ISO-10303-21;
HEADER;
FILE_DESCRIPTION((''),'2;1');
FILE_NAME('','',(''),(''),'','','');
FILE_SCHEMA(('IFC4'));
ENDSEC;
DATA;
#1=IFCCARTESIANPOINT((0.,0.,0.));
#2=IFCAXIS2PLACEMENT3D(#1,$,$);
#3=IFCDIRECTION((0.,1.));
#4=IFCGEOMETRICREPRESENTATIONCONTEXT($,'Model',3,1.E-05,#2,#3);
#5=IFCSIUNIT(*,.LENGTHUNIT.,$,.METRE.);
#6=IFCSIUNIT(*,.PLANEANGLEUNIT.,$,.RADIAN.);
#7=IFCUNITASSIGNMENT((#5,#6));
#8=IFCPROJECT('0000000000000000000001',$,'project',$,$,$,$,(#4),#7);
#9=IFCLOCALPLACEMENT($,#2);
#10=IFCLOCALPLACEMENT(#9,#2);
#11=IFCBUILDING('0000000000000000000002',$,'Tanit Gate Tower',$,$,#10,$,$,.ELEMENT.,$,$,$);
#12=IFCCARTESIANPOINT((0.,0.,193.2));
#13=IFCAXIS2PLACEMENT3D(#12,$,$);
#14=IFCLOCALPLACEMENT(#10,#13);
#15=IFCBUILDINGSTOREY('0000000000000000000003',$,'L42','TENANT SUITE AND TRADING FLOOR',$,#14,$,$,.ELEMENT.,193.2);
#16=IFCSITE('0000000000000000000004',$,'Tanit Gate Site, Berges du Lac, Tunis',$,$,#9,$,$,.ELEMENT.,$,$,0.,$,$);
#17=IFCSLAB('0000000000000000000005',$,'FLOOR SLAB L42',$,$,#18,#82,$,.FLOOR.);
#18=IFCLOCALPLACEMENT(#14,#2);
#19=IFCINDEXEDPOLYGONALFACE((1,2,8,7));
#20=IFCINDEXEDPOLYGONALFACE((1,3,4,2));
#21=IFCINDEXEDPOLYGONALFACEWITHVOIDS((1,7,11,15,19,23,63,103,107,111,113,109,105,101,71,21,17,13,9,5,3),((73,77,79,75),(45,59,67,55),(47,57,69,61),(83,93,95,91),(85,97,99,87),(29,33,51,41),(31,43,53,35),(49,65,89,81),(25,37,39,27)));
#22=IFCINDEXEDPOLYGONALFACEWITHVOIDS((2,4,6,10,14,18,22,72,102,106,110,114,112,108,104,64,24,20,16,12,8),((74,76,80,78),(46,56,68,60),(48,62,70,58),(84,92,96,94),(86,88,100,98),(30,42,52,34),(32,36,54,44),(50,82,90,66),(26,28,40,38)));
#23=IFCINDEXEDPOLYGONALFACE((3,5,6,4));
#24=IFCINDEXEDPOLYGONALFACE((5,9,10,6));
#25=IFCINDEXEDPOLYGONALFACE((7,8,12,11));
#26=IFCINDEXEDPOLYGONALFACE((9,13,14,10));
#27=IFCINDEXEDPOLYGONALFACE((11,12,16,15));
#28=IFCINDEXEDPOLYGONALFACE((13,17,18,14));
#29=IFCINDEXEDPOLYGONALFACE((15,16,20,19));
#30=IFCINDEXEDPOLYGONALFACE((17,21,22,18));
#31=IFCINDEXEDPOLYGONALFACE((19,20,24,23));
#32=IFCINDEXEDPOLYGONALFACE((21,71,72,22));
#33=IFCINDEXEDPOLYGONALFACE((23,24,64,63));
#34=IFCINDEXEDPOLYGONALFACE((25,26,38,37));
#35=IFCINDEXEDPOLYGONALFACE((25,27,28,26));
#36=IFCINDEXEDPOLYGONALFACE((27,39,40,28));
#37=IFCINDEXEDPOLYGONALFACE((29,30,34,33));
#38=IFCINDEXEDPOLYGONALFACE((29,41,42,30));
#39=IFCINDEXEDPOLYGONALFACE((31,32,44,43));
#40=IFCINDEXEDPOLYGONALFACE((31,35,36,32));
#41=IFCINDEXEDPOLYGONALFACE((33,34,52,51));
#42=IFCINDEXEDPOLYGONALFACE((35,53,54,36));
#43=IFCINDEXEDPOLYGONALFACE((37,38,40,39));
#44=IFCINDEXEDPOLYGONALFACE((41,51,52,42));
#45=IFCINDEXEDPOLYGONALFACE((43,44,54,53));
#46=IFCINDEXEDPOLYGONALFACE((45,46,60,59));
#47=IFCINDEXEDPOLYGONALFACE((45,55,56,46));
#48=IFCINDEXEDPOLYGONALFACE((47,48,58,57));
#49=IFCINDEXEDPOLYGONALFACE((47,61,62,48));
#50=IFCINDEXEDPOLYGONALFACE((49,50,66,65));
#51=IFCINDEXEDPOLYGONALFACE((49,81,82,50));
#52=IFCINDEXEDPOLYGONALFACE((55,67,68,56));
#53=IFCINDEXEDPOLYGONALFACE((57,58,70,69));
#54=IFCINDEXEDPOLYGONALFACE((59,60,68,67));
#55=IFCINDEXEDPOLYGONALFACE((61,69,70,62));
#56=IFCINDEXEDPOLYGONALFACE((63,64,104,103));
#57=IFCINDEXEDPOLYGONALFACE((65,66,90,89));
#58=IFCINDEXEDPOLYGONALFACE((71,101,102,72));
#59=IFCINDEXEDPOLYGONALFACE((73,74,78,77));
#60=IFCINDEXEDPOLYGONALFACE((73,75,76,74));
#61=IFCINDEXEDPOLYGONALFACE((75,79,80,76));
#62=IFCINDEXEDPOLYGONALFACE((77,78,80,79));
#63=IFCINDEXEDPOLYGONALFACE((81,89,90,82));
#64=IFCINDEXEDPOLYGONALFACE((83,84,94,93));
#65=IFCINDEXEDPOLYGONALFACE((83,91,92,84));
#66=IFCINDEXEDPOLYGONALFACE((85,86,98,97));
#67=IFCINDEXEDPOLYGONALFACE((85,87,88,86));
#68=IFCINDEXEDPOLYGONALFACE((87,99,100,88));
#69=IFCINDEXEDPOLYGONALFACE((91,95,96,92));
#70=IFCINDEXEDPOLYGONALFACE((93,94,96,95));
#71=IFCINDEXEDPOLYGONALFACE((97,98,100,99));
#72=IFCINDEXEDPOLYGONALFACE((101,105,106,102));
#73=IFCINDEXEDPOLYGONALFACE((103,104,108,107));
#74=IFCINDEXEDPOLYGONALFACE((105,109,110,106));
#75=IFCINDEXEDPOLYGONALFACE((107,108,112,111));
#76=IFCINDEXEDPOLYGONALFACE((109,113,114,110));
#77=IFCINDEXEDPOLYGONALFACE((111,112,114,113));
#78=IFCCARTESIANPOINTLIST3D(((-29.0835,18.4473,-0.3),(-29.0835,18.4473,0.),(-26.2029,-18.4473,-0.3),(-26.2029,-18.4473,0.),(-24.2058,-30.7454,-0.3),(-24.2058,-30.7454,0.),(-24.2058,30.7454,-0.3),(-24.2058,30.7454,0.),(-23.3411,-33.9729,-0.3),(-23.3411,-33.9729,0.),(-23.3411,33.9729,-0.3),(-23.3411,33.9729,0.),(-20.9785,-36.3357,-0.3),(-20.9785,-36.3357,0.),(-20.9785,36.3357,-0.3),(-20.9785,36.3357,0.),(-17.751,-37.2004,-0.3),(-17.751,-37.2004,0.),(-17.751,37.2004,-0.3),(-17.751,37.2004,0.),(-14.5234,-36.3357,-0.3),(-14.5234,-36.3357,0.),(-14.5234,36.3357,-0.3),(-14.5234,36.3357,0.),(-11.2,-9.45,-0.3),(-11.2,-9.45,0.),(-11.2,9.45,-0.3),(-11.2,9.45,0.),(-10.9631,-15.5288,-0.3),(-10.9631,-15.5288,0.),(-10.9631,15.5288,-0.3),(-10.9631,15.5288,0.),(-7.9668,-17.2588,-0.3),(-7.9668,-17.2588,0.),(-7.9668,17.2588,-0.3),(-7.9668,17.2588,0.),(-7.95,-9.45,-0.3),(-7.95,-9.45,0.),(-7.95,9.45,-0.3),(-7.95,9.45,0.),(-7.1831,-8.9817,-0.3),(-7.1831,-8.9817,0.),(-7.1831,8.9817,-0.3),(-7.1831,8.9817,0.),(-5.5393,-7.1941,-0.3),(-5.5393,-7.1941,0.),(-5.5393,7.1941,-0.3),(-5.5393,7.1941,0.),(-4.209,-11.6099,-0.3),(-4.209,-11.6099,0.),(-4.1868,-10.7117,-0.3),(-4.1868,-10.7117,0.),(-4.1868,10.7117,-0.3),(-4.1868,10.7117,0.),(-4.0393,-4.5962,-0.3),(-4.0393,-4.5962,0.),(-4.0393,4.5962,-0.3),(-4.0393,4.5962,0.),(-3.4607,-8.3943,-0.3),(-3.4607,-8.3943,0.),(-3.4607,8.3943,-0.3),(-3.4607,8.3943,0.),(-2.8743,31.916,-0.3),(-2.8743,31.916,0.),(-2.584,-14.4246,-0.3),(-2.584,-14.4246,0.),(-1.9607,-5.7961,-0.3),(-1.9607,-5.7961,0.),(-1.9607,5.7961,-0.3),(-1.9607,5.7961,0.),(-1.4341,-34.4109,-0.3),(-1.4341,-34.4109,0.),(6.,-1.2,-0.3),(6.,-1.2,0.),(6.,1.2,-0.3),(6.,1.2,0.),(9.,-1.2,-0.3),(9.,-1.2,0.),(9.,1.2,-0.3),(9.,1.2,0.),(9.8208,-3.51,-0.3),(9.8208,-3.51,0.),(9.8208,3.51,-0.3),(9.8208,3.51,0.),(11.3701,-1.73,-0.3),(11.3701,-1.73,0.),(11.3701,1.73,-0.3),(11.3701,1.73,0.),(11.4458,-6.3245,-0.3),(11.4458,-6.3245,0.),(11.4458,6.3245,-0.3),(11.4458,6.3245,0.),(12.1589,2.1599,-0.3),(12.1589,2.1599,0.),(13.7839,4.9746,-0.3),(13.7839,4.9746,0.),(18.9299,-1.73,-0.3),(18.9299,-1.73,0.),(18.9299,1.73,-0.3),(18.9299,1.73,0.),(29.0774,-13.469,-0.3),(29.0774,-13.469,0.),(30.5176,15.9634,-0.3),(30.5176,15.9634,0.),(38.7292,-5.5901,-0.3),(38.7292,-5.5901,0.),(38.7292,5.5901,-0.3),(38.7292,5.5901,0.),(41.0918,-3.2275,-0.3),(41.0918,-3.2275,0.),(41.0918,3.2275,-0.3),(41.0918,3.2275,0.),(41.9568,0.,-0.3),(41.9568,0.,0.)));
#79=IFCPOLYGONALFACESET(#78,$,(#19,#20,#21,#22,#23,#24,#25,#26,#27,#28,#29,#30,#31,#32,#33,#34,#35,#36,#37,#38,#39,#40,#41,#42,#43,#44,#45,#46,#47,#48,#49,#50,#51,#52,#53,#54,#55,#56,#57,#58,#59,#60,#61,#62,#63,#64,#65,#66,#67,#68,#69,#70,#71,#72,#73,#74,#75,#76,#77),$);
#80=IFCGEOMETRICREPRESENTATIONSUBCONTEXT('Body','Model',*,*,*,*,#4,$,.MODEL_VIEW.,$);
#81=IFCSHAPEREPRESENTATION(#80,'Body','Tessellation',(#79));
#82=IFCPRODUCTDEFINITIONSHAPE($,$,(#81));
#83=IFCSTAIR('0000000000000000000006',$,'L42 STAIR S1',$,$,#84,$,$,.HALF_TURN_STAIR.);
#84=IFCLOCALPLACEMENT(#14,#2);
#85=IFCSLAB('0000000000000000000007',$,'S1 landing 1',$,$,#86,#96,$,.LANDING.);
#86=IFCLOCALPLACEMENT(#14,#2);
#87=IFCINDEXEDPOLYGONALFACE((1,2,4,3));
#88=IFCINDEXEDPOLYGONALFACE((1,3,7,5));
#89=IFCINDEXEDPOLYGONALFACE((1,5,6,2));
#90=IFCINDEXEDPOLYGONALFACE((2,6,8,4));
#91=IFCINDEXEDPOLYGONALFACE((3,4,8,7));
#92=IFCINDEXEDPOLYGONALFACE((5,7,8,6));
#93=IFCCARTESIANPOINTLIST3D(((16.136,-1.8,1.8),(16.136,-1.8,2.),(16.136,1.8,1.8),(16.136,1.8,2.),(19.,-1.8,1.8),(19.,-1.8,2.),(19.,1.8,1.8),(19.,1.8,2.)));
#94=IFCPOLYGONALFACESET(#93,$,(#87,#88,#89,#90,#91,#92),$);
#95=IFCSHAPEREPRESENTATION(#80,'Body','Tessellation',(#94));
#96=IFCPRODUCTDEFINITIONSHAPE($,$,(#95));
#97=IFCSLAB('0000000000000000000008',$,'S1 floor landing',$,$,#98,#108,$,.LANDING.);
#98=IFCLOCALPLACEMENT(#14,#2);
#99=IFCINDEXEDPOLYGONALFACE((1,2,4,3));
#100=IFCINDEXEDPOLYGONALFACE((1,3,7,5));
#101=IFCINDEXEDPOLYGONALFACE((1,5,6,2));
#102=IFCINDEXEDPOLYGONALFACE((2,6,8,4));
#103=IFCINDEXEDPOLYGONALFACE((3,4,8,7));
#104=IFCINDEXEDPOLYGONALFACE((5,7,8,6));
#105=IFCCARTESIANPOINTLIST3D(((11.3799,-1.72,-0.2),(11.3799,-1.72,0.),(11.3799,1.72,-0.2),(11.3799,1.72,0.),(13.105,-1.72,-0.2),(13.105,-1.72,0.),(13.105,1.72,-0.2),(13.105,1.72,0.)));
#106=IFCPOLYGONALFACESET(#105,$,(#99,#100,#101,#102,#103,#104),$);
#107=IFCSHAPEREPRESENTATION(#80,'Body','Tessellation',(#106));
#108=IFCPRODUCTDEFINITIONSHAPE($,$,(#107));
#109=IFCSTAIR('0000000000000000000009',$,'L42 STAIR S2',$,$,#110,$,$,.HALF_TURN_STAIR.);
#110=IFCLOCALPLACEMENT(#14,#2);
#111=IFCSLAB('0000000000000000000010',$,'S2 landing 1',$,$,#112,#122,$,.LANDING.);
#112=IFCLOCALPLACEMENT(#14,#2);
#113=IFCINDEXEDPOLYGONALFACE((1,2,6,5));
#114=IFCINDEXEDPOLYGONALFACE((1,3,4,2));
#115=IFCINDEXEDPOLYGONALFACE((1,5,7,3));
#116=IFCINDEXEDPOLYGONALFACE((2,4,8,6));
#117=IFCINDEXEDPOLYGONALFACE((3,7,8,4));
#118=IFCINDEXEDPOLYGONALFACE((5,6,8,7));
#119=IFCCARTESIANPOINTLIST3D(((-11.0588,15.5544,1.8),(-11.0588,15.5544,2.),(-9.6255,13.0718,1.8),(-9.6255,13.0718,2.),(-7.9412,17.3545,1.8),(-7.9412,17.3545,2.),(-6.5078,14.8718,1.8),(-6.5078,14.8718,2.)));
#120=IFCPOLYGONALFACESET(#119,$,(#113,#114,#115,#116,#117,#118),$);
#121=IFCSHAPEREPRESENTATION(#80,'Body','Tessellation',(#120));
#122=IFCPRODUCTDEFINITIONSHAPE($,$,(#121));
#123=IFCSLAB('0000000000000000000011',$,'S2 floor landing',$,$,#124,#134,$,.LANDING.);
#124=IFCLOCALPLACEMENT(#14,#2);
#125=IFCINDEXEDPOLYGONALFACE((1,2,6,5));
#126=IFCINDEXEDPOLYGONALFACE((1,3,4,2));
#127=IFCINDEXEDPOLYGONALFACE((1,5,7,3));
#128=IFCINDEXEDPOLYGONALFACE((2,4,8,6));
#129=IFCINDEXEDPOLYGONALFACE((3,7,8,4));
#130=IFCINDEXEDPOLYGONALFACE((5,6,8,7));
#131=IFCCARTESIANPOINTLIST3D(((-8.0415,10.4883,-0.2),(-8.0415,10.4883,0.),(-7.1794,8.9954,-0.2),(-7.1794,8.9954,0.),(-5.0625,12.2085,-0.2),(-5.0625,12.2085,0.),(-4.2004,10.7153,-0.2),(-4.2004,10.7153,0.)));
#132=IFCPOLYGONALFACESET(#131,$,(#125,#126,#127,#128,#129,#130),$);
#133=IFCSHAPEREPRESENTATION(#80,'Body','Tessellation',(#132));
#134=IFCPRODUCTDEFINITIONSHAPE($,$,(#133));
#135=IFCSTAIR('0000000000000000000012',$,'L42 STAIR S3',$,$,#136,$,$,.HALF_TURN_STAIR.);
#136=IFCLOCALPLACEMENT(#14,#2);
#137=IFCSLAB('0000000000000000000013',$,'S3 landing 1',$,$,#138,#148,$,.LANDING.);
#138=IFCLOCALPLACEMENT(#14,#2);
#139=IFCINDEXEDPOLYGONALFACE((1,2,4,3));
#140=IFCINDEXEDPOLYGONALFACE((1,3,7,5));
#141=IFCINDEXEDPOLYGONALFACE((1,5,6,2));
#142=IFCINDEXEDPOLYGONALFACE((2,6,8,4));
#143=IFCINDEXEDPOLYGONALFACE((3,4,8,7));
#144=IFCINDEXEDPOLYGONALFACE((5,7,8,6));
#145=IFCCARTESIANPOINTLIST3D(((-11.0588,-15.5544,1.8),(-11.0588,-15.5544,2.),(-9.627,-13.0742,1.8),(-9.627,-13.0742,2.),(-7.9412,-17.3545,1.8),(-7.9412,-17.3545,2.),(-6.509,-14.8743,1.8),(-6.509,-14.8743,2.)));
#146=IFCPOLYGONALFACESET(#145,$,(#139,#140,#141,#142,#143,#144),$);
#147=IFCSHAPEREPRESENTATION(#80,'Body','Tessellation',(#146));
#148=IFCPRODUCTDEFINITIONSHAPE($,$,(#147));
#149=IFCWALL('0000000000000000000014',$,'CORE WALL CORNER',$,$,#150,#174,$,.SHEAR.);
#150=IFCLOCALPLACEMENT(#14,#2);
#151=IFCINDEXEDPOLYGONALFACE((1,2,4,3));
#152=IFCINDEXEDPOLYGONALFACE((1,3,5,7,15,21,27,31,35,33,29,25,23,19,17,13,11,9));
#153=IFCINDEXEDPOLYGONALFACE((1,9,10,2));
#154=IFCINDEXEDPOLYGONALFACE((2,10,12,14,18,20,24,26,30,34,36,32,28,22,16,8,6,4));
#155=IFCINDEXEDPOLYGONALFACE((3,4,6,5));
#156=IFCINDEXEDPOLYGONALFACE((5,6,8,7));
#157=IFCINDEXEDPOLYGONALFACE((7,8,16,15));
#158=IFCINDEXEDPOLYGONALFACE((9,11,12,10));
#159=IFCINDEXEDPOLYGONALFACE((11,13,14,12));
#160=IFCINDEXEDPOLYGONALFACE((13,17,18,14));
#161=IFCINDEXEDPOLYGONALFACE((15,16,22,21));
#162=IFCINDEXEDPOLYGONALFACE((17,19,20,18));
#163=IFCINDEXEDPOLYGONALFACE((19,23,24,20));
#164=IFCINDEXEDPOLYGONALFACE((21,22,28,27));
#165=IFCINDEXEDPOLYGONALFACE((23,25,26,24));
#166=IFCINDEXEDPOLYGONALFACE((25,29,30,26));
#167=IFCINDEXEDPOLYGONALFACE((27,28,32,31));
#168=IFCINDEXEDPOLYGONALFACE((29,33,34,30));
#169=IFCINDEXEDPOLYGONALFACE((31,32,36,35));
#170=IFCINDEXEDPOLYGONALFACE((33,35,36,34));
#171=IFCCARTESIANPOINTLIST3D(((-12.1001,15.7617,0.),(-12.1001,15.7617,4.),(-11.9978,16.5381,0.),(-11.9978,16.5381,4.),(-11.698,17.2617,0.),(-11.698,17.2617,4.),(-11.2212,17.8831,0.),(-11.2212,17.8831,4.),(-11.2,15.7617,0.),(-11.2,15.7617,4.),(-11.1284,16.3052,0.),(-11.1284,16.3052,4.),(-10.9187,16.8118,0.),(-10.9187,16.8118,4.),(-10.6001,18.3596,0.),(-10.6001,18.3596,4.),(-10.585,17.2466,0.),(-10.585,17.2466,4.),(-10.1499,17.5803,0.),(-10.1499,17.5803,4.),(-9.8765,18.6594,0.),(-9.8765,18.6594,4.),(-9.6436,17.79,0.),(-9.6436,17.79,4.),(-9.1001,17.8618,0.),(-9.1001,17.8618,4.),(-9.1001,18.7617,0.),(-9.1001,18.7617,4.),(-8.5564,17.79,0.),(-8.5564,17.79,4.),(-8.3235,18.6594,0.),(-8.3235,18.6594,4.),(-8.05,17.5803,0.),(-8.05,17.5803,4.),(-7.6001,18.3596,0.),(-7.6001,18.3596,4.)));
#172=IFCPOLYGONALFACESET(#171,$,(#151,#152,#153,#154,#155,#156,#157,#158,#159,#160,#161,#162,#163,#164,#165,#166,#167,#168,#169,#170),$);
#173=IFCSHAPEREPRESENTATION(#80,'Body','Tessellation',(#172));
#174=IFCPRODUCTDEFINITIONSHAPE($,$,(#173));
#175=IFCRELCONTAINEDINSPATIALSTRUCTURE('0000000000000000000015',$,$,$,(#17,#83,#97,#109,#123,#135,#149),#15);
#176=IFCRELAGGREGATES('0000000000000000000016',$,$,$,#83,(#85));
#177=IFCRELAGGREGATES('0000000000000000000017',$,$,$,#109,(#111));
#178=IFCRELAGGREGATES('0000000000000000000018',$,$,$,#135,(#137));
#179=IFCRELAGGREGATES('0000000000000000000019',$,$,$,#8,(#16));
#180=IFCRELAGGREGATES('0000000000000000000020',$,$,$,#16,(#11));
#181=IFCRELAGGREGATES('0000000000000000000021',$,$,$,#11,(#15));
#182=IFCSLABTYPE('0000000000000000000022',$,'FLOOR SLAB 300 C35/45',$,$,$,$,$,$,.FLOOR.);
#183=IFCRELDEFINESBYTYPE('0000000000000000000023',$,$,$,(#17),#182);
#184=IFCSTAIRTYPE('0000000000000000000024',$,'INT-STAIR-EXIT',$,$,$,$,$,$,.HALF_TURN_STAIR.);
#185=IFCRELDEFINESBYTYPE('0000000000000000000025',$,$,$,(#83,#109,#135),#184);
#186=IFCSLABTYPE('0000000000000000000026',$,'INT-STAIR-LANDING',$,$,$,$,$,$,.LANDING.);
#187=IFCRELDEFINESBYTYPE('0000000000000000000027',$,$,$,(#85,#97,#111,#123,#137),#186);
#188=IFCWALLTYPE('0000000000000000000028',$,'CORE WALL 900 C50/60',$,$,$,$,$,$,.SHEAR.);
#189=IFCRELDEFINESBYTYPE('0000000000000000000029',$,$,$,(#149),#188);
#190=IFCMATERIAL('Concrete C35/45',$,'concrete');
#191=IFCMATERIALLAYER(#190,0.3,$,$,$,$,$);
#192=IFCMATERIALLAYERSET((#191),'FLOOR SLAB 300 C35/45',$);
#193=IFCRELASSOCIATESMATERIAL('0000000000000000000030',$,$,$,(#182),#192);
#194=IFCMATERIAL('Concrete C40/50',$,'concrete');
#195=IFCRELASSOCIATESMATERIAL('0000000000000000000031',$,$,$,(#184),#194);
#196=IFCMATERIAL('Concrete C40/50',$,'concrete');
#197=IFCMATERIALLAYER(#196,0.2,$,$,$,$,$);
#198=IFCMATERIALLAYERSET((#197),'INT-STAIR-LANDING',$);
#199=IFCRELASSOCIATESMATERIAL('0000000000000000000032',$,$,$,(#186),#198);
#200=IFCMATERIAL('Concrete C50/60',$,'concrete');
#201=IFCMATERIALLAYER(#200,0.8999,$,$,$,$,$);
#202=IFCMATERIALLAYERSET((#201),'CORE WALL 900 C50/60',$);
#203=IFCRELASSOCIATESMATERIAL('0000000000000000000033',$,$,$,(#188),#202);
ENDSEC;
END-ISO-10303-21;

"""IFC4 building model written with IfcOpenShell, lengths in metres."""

from ifc_helpers import new_model, si_unit, direction, frame, origin, place, context, subcontext, project, spatial, polyline, outline, extrude, material, layer, layer_set, type_object, element, aggregate, save


model = new_model("IFC4")

# Units and contexts
model_context = context("Model", 3, precision=1e-05, world=origin(), true_north=direction((0.0, 1.0)))
body_context = subcontext(model_context, "Body", "Model", "MODEL_VIEW")
ifc_project = project(units=[si_unit("LENGTHUNIT", "METRE"), si_unit("PLANEANGLEUNIT", "RADIAN")], contexts=[model_context])

# Site, building, storey
site_placement = place(None, origin())
site = spatial("IfcSite", under=ifc_project, at=site_placement, Name="Tanit Gate Site, Berges du Lac, Tunis", CompositionType="ELEMENT", RefElevation=0.0)
building_placement = place(site_placement, origin())
building = spatial("IfcBuilding", under=site, at=building_placement, Name="Tanit Gate Tower", CompositionType="ELEMENT")
storey_placement = place(building_placement, frame((0.0, 0.0, 193.2)))
storey = spatial("IfcBuildingStorey", under=building, at=storey_placement, Name="L42", Description="TENANT SUITE AND TRADING FLOOR", CompositionType="ELEMENT", Elevation=193.2)

# Slab
ifc_material_1 = material(Name="Concrete C35/45", Category="concrete")
ifc_layer_1 = layer(ifc_material_1, 0.3)
ifc_layer_set_1 = layer_set([ifc_layer_1], Name="FLOOR SLAB 300 C35/45")
slab_type_1 = type_object("IfcSlabType", Name="FLOOR SLAB 300 C35/45", PredefinedType="FLOOR", material=ifc_layer_set_1)
slab_1_placement = place(storey_placement, frame((0.0, 0.0, -0.3)))
element("IfcSlab", 1, at=slab_1_placement, inside=storey, type_object=slab_type_1, Name="FLOOR SLAB L42", PredefinedType="FLOOR", context=body_context, shape_type="SweptSolid", body=[
    extrude(outline(polyline([(38.7292, 5.5901), (41.0918, 3.2275), (41.9568, 0.0), (41.0918, -3.2275), (38.7292, -5.5901), (29.0774, -13.469), (-1.4341, -34.4109), (-14.5234, -36.3357), (-17.751, -37.2004), (-20.9785, -36.3357), (-23.3411, -33.9729), (-24.2058, -30.7454), (-26.2029, -18.4473), (-29.0835, 18.4473), (-24.2058, 30.7454), (-23.3411, 33.9729), (-20.9785, 36.3357), (-17.751, 37.2004), (-14.5234, 36.3357), (-2.8743, 31.916), (30.5176, 15.9634), (38.7292, 5.5901)]), holes=[polyline([(11.3701, 1.73), (18.9299, 1.73), (18.9299, -1.73), (11.3701, -1.73), (11.3701, 1.73)]), polyline([(9.8208, 3.51), (11.4458, 6.3245), (13.7839, 4.9746), (12.1589, 2.1599), (9.8208, 3.51)]), polyline([(-4.209, -11.6099), (9.8208, -3.51), (11.4458, -6.3245), (-2.584, -14.4246), (-4.209, -11.6099)]), polyline([(6.0, 1.2), (9.0, 1.2), (9.0, -1.2), (6.0, -1.2), (6.0, 1.2)]), polyline([(-5.5393, 7.1941), (-3.4607, 8.3943), (-1.9607, 5.7961), (-4.0393, 4.5962), (-5.5393, 7.1941)]), polyline([(-1.9607, -5.7961), (-3.4607, -8.3943), (-5.5393, -7.1941), (-4.0393, -4.5962), (-1.9607, -5.7961)]), polyline([(-10.9631, 15.5288), (-7.9668, 17.2588), (-4.1868, 10.7117), (-7.1831, 8.9817), (-10.9631, 15.5288)]), polyline([(-4.1868, -10.7117), (-7.9668, -17.2588), (-10.9631, -15.5288), (-7.1831, -8.9817), (-4.1868, -10.7117)]), polyline([(-11.2, -9.45), (-11.2, 9.45), (-7.95, 9.45), (-7.95, -9.45), (-11.2, -9.45)])]), origin(), (0.0, 0.0, 1.0), 0.3),
])

# Stair, slab
ifc_material_2 = material(Name="Concrete C40/50", Category="concrete")
stair_type = type_object("IfcStairType", Name="INT-STAIR-EXIT", PredefinedType="HALF_TURN_STAIR", material=ifc_material_2)
stair_1_placement = place(storey_placement, origin())
stair_1 = element("IfcStair", 2, at=stair_1_placement, inside=storey, type_object=stair_type, Name="L42 STAIR S1", PredefinedType="HALF_TURN_STAIR")
ifc_material_3 = material(Name="Concrete C40/50", Category="concrete")
ifc_layer_2 = layer(ifc_material_3, 0.2)
ifc_layer_set_2 = layer_set([ifc_layer_2], Name="INT-STAIR-LANDING")
slab_type_2 = type_object("IfcSlabType", Name="INT-STAIR-LANDING", PredefinedType="LANDING", material=ifc_layer_set_2)
slab_2_placement = place(storey_placement, frame((0.0, 0.0, 1.8)))
slab_2 = element("IfcSlab", 3, at=slab_2_placement, type_object=slab_type_2, Name="S1 landing 1", PredefinedType="LANDING", context=body_context, shape_type="SweptSolid", body=[
    extrude(outline(polyline([(16.136, -1.8), (19.0, -1.8), (19.0, 1.8), (16.136, 1.8), (16.136, -1.8)])), origin(), (0.0, 0.0, 1.0), 0.2),
])
aggregate(stair_1, [slab_2])

# Slab
slab_3_placement = place(storey_placement, frame((0.0, 0.0, -0.2)))
element("IfcSlab", 4, at=slab_3_placement, inside=storey, type_object=slab_type_2, Name="S1 floor landing", PredefinedType="LANDING", context=body_context, shape_type="SweptSolid", body=[
    extrude(outline(polyline([(11.3799, -1.72), (13.105, -1.72), (13.105, 1.72), (11.3799, 1.72), (11.3799, -1.72)])), origin(), (0.0, 0.0, 1.0), 0.2),
])

# Stair, slab
stair_2_placement = place(storey_placement, origin())
stair_2 = element("IfcStair", 5, at=stair_2_placement, inside=storey, type_object=stair_type, Name="L42 STAIR S2", PredefinedType="HALF_TURN_STAIR")
slab_4_placement = place(storey_placement, frame((0.0, 0.0, 1.8)))
slab_4 = element("IfcSlab", 6, at=slab_4_placement, type_object=slab_type_2, Name="S2 landing 1", PredefinedType="LANDING", context=body_context, shape_type="SweptSolid", body=[
    extrude(outline(polyline([(-6.5078, 14.8718), (-7.9412, 17.3545), (-11.0588, 15.5544), (-9.6255, 13.0718), (-6.5078, 14.8718)])), origin(), (0.0, 0.0, 1.0), 0.2),
])
aggregate(stair_2, [slab_4])

# Slab
slab_5_placement = place(storey_placement, frame((0.0, 0.0, -0.2)))
element("IfcSlab", 7, at=slab_5_placement, inside=storey, type_object=slab_type_2, Name="S2 floor landing", PredefinedType="LANDING", context=body_context, shape_type="SweptSolid", body=[
    extrude(outline(polyline([(-4.2004, 10.7153), (-5.0625, 12.2085), (-8.0415, 10.4883), (-7.1794, 8.9954), (-4.2004, 10.7153)])), origin(), (0.0, 0.0, 1.0), 0.2),
])

# Stair, slab
stair_3_placement = place(storey_placement, origin())
stair_3 = element("IfcStair", 8, at=stair_3_placement, inside=storey, type_object=stair_type, Name="L42 STAIR S3", PredefinedType="HALF_TURN_STAIR")
slab_6_placement = place(storey_placement, frame((0.0, 0.0, 1.8)))
slab_6 = element("IfcSlab", 9, at=slab_6_placement, type_object=slab_type_2, Name="S3 landing 1", PredefinedType="LANDING", context=body_context, shape_type="SweptSolid", body=[
    extrude(outline(polyline([(-9.627, -13.0742), (-11.0588, -15.5544), (-7.9412, -17.3545), (-6.509, -14.8743), (-9.627, -13.0742)])), origin(), (0.0, 0.0, 1.0), 0.2),
])
aggregate(stair_3, [slab_6])

# Wall
ifc_material_4 = material(Name="Concrete C50/60", Category="concrete")
ifc_layer_3 = layer(ifc_material_4, 0.8999)
ifc_layer_set_3 = layer_set([ifc_layer_3], Name="CORE WALL 900 C50/60")
wall_type_1 = type_object("IfcWallType", Name="CORE WALL 900 C50/60", PredefinedType="SHEAR", material=ifc_layer_set_3)
wall_1_placement = place(storey_placement, origin())
element("IfcWall", 10, at=wall_1_placement, inside=storey, type_object=wall_type_1, Name="CORE WALL CORNER", PredefinedType="SHEAR", context=body_context, shape_type="SweptSolid", body=[
    extrude(outline(polyline([(-7.6001, 18.3596), (-8.3235, 18.6594), (-9.1001, 18.7617), (-9.8765, 18.6594), (-10.6001, 18.3596), (-11.2212, 17.8831), (-11.698, 17.2617), (-11.9978, 16.5381), (-12.1001, 15.7617), (-11.2, 15.7617), (-11.1284, 16.3052), (-10.9187, 16.8118), (-10.585, 17.2466), (-10.1499, 17.5803), (-9.6436, 17.79), (-9.1001, 17.8618), (-8.5564, 17.79), (-8.05, 17.5803), (-7.6001, 18.3596)])), origin(), (0.0, 0.0, 1.0), 4.0),
])

save(model, "model.ifc")
